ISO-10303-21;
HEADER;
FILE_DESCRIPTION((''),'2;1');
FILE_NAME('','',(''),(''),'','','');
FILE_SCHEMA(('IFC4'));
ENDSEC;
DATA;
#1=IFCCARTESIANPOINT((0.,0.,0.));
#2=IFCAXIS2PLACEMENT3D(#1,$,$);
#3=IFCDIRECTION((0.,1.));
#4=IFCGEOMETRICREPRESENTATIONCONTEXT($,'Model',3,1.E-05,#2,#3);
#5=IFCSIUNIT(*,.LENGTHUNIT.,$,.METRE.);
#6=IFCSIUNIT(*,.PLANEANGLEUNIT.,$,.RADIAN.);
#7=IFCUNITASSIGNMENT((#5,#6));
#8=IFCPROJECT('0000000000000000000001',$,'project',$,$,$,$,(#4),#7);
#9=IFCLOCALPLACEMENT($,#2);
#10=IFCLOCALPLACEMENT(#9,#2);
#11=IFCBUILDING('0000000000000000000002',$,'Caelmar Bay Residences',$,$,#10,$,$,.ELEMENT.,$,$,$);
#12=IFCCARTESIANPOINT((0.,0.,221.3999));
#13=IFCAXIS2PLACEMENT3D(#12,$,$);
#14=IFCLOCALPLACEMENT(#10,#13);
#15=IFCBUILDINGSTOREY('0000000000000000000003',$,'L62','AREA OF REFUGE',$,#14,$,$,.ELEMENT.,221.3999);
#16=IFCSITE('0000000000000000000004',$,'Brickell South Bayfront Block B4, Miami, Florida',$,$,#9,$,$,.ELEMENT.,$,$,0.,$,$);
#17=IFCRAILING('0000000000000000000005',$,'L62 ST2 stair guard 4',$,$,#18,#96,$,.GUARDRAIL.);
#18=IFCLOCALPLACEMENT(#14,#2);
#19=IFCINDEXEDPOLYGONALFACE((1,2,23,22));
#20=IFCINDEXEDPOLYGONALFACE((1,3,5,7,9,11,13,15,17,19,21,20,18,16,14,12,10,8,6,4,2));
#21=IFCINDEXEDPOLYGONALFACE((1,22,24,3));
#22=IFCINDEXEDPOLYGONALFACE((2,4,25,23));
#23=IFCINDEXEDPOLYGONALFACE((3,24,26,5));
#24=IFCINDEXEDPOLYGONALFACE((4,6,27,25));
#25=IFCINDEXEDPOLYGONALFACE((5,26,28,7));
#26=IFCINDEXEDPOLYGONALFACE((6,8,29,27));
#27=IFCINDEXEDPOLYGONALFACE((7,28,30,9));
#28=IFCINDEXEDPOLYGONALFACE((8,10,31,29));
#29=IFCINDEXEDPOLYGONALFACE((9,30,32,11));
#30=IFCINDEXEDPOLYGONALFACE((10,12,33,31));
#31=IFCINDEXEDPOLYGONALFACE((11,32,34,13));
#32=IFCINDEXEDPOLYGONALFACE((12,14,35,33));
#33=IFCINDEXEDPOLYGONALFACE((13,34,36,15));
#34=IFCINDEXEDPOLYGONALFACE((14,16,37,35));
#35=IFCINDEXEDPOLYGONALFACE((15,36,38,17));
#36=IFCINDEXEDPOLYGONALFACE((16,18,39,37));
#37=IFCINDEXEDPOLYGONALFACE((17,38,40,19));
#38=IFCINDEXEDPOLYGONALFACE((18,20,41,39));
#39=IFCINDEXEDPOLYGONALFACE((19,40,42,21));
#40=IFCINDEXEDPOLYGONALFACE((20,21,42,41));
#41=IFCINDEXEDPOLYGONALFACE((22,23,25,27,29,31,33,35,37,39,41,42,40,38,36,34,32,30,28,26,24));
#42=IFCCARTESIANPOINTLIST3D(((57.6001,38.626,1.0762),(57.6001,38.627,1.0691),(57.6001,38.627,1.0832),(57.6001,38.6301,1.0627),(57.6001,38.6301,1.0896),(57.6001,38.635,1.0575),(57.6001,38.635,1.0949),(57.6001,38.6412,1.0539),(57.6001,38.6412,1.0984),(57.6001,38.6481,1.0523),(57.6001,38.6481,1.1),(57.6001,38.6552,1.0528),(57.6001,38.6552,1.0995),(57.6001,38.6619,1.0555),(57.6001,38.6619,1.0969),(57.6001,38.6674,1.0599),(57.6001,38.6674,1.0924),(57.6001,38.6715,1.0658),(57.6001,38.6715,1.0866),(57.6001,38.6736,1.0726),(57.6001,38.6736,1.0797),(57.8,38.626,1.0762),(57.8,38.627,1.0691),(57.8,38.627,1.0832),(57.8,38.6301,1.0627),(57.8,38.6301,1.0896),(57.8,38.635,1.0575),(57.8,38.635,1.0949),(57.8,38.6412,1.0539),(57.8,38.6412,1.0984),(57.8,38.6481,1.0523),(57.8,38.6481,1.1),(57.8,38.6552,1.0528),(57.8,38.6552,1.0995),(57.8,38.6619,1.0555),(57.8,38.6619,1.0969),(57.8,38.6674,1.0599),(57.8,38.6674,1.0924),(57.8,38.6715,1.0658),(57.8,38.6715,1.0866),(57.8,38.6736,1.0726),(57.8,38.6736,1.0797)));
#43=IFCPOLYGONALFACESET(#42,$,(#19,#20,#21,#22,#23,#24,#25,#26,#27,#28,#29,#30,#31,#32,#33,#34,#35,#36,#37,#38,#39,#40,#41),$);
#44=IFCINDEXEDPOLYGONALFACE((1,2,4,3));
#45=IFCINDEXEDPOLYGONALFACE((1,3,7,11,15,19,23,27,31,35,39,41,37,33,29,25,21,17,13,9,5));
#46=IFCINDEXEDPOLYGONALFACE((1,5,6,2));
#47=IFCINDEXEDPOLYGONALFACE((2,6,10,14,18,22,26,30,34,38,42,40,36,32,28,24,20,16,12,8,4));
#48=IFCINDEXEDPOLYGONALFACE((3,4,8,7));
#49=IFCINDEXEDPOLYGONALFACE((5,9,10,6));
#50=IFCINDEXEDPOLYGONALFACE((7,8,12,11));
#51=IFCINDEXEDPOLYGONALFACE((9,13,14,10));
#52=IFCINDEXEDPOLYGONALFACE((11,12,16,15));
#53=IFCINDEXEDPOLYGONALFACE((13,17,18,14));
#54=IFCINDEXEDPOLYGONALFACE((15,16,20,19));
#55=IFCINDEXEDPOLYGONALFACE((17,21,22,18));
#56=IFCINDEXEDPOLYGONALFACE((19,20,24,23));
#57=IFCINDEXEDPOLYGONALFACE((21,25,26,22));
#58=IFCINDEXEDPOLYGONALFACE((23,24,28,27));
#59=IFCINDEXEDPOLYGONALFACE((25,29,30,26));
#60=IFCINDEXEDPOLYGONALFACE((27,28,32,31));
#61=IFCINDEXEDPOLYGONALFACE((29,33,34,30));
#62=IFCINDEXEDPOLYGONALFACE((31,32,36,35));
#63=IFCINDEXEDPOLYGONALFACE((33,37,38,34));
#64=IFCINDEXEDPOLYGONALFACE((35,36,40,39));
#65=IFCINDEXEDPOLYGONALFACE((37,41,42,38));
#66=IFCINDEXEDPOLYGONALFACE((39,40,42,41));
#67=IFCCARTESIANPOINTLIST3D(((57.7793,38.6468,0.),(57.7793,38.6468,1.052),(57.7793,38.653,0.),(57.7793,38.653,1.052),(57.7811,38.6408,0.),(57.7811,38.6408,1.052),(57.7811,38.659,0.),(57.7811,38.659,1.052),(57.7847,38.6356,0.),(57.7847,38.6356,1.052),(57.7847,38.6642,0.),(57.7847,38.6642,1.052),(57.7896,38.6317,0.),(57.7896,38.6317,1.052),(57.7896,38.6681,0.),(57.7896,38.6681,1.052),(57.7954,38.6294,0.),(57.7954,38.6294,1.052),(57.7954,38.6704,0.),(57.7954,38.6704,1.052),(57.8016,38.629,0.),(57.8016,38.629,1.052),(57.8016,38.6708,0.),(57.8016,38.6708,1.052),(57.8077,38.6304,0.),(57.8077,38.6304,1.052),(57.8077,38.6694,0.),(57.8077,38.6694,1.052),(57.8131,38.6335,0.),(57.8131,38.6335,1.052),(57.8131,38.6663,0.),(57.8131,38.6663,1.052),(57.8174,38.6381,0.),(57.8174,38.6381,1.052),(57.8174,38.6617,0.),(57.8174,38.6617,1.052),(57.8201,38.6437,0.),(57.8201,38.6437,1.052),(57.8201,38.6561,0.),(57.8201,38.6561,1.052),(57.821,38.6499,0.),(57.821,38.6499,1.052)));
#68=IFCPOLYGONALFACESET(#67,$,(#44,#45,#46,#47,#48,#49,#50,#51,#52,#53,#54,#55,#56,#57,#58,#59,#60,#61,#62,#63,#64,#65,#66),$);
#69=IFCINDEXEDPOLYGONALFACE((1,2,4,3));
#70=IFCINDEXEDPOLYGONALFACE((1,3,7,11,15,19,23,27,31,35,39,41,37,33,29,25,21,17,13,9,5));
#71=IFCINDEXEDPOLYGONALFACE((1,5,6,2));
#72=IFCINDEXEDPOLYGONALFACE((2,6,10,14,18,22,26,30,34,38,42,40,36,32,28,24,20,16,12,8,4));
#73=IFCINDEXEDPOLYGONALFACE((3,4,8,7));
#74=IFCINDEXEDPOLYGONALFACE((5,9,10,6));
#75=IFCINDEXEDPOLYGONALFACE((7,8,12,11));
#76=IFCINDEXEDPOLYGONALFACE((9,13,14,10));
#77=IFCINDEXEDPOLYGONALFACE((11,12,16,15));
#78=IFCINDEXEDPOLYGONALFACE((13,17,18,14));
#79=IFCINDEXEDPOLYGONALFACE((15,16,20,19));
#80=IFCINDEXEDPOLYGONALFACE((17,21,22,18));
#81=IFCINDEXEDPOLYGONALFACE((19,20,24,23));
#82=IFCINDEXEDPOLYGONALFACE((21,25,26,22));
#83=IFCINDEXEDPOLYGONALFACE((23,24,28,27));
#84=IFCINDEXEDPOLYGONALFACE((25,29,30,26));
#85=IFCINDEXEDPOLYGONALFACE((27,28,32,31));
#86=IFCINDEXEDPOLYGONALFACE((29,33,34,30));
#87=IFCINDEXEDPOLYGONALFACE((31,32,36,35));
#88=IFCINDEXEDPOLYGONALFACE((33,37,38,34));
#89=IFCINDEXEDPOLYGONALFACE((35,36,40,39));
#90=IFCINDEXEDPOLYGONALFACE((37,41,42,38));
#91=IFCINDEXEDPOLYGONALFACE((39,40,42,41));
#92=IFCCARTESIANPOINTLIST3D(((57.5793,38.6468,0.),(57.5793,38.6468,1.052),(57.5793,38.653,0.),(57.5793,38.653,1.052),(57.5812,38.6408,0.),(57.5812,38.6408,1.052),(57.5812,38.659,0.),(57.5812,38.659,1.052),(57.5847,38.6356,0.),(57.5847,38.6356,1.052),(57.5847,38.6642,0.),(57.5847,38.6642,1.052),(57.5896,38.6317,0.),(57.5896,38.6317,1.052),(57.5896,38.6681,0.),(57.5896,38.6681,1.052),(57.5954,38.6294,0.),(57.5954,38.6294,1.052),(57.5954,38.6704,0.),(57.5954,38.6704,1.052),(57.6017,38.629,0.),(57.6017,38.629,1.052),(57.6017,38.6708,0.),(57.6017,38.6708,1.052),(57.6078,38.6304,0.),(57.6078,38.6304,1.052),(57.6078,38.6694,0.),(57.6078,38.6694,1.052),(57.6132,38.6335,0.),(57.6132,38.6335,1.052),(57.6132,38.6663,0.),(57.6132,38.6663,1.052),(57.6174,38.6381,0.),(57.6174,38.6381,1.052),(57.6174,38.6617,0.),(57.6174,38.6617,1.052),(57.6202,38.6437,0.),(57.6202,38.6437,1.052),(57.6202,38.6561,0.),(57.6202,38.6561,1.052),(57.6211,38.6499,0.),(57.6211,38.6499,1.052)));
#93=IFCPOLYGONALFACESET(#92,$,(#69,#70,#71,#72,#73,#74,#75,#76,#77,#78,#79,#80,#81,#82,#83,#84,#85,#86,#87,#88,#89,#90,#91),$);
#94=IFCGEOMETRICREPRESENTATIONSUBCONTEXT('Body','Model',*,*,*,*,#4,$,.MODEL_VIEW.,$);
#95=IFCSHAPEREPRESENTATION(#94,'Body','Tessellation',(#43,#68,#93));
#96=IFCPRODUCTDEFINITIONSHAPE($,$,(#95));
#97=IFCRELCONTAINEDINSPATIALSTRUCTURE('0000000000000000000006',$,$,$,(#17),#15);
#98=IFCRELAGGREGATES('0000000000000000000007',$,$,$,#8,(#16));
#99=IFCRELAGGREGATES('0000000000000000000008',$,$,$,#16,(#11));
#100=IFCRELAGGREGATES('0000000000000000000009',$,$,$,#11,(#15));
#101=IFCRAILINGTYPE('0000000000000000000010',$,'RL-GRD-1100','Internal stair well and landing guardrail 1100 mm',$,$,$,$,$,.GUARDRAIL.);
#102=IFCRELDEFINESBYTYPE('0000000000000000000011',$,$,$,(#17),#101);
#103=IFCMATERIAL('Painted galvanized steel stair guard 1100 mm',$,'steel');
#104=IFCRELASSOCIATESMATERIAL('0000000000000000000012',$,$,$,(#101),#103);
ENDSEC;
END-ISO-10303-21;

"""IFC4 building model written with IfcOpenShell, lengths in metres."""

from ifc_helpers import new_model, si_unit, direction, frame, origin, origin_2d, place, context, subcontext, project, spatial, circle, extrude, material, type_object, element, save


model = new_model("IFC4")

# Units and contexts
model_context = context("Model", 3, precision=1e-05, world=origin(), true_north=direction((0.0, 1.0)))
body_context = subcontext(model_context, "Body", "Model", "MODEL_VIEW")
ifc_project = project(units=[si_unit("LENGTHUNIT", "METRE"), si_unit("PLANEANGLEUNIT", "RADIAN")], contexts=[model_context])

# Site, building, storey
site_placement = place(None, origin())
site = spatial("IfcSite", under=ifc_project, at=site_placement, Name="Brickell South Bayfront Block B4, Miami, Florida", CompositionType="ELEMENT", RefElevation=0.0)
building_placement = place(site_placement, origin())
building = spatial("IfcBuilding", under=site, at=building_placement, Name="Caelmar Bay Residences", CompositionType="ELEMENT")
storey_placement = place(building_placement, frame((0.0, 0.0, 221.3999)))
storey = spatial("IfcBuildingStorey", under=building, at=storey_placement, Name="L62", Description="AREA OF REFUGE", CompositionType="ELEMENT", Elevation=221.3999)

# Railing
ifc_material_1 = material(Name="Painted galvanized steel stair guard 1100 mm", Category="steel")
railing_type_1 = type_object("IfcRailingType", Name="RL-GRD-1100", Description="Internal stair well and landing guardrail 1100 mm", PredefinedType="GUARDRAIL", material=ifc_material_1)
railing_1_placement = place(storey_placement, frame((57.8, 38.6499, 0.0)))
element("IfcRailing", 1, at=railing_1_placement, inside=storey, type_object=railing_type_1, Name="L62 ST2 stair guard 4", PredefinedType="GUARDRAIL", context=body_context, shape_type="SweptSolid", body=[
    extrude(circle(Radius=0.0239, at=origin_2d()), frame((0.0, 0.0, 1.0762), z_axis=(-1.0, 0.0, 0.0), x_axis=(0.0, -1.0, 0.0)), (0.0, 0.0, 1.0), 0.2),
    extrude(circle(Radius=0.021, at=origin_2d()), origin(), (0.0, 0.0, 1.0), 1.052),
    extrude(circle(Radius=0.021, at=origin_2d()), frame((-0.2, 0.0, 0.0)), (0.0, 0.0, 1.0), 1.052),
])

save(model, "model.ifc")
